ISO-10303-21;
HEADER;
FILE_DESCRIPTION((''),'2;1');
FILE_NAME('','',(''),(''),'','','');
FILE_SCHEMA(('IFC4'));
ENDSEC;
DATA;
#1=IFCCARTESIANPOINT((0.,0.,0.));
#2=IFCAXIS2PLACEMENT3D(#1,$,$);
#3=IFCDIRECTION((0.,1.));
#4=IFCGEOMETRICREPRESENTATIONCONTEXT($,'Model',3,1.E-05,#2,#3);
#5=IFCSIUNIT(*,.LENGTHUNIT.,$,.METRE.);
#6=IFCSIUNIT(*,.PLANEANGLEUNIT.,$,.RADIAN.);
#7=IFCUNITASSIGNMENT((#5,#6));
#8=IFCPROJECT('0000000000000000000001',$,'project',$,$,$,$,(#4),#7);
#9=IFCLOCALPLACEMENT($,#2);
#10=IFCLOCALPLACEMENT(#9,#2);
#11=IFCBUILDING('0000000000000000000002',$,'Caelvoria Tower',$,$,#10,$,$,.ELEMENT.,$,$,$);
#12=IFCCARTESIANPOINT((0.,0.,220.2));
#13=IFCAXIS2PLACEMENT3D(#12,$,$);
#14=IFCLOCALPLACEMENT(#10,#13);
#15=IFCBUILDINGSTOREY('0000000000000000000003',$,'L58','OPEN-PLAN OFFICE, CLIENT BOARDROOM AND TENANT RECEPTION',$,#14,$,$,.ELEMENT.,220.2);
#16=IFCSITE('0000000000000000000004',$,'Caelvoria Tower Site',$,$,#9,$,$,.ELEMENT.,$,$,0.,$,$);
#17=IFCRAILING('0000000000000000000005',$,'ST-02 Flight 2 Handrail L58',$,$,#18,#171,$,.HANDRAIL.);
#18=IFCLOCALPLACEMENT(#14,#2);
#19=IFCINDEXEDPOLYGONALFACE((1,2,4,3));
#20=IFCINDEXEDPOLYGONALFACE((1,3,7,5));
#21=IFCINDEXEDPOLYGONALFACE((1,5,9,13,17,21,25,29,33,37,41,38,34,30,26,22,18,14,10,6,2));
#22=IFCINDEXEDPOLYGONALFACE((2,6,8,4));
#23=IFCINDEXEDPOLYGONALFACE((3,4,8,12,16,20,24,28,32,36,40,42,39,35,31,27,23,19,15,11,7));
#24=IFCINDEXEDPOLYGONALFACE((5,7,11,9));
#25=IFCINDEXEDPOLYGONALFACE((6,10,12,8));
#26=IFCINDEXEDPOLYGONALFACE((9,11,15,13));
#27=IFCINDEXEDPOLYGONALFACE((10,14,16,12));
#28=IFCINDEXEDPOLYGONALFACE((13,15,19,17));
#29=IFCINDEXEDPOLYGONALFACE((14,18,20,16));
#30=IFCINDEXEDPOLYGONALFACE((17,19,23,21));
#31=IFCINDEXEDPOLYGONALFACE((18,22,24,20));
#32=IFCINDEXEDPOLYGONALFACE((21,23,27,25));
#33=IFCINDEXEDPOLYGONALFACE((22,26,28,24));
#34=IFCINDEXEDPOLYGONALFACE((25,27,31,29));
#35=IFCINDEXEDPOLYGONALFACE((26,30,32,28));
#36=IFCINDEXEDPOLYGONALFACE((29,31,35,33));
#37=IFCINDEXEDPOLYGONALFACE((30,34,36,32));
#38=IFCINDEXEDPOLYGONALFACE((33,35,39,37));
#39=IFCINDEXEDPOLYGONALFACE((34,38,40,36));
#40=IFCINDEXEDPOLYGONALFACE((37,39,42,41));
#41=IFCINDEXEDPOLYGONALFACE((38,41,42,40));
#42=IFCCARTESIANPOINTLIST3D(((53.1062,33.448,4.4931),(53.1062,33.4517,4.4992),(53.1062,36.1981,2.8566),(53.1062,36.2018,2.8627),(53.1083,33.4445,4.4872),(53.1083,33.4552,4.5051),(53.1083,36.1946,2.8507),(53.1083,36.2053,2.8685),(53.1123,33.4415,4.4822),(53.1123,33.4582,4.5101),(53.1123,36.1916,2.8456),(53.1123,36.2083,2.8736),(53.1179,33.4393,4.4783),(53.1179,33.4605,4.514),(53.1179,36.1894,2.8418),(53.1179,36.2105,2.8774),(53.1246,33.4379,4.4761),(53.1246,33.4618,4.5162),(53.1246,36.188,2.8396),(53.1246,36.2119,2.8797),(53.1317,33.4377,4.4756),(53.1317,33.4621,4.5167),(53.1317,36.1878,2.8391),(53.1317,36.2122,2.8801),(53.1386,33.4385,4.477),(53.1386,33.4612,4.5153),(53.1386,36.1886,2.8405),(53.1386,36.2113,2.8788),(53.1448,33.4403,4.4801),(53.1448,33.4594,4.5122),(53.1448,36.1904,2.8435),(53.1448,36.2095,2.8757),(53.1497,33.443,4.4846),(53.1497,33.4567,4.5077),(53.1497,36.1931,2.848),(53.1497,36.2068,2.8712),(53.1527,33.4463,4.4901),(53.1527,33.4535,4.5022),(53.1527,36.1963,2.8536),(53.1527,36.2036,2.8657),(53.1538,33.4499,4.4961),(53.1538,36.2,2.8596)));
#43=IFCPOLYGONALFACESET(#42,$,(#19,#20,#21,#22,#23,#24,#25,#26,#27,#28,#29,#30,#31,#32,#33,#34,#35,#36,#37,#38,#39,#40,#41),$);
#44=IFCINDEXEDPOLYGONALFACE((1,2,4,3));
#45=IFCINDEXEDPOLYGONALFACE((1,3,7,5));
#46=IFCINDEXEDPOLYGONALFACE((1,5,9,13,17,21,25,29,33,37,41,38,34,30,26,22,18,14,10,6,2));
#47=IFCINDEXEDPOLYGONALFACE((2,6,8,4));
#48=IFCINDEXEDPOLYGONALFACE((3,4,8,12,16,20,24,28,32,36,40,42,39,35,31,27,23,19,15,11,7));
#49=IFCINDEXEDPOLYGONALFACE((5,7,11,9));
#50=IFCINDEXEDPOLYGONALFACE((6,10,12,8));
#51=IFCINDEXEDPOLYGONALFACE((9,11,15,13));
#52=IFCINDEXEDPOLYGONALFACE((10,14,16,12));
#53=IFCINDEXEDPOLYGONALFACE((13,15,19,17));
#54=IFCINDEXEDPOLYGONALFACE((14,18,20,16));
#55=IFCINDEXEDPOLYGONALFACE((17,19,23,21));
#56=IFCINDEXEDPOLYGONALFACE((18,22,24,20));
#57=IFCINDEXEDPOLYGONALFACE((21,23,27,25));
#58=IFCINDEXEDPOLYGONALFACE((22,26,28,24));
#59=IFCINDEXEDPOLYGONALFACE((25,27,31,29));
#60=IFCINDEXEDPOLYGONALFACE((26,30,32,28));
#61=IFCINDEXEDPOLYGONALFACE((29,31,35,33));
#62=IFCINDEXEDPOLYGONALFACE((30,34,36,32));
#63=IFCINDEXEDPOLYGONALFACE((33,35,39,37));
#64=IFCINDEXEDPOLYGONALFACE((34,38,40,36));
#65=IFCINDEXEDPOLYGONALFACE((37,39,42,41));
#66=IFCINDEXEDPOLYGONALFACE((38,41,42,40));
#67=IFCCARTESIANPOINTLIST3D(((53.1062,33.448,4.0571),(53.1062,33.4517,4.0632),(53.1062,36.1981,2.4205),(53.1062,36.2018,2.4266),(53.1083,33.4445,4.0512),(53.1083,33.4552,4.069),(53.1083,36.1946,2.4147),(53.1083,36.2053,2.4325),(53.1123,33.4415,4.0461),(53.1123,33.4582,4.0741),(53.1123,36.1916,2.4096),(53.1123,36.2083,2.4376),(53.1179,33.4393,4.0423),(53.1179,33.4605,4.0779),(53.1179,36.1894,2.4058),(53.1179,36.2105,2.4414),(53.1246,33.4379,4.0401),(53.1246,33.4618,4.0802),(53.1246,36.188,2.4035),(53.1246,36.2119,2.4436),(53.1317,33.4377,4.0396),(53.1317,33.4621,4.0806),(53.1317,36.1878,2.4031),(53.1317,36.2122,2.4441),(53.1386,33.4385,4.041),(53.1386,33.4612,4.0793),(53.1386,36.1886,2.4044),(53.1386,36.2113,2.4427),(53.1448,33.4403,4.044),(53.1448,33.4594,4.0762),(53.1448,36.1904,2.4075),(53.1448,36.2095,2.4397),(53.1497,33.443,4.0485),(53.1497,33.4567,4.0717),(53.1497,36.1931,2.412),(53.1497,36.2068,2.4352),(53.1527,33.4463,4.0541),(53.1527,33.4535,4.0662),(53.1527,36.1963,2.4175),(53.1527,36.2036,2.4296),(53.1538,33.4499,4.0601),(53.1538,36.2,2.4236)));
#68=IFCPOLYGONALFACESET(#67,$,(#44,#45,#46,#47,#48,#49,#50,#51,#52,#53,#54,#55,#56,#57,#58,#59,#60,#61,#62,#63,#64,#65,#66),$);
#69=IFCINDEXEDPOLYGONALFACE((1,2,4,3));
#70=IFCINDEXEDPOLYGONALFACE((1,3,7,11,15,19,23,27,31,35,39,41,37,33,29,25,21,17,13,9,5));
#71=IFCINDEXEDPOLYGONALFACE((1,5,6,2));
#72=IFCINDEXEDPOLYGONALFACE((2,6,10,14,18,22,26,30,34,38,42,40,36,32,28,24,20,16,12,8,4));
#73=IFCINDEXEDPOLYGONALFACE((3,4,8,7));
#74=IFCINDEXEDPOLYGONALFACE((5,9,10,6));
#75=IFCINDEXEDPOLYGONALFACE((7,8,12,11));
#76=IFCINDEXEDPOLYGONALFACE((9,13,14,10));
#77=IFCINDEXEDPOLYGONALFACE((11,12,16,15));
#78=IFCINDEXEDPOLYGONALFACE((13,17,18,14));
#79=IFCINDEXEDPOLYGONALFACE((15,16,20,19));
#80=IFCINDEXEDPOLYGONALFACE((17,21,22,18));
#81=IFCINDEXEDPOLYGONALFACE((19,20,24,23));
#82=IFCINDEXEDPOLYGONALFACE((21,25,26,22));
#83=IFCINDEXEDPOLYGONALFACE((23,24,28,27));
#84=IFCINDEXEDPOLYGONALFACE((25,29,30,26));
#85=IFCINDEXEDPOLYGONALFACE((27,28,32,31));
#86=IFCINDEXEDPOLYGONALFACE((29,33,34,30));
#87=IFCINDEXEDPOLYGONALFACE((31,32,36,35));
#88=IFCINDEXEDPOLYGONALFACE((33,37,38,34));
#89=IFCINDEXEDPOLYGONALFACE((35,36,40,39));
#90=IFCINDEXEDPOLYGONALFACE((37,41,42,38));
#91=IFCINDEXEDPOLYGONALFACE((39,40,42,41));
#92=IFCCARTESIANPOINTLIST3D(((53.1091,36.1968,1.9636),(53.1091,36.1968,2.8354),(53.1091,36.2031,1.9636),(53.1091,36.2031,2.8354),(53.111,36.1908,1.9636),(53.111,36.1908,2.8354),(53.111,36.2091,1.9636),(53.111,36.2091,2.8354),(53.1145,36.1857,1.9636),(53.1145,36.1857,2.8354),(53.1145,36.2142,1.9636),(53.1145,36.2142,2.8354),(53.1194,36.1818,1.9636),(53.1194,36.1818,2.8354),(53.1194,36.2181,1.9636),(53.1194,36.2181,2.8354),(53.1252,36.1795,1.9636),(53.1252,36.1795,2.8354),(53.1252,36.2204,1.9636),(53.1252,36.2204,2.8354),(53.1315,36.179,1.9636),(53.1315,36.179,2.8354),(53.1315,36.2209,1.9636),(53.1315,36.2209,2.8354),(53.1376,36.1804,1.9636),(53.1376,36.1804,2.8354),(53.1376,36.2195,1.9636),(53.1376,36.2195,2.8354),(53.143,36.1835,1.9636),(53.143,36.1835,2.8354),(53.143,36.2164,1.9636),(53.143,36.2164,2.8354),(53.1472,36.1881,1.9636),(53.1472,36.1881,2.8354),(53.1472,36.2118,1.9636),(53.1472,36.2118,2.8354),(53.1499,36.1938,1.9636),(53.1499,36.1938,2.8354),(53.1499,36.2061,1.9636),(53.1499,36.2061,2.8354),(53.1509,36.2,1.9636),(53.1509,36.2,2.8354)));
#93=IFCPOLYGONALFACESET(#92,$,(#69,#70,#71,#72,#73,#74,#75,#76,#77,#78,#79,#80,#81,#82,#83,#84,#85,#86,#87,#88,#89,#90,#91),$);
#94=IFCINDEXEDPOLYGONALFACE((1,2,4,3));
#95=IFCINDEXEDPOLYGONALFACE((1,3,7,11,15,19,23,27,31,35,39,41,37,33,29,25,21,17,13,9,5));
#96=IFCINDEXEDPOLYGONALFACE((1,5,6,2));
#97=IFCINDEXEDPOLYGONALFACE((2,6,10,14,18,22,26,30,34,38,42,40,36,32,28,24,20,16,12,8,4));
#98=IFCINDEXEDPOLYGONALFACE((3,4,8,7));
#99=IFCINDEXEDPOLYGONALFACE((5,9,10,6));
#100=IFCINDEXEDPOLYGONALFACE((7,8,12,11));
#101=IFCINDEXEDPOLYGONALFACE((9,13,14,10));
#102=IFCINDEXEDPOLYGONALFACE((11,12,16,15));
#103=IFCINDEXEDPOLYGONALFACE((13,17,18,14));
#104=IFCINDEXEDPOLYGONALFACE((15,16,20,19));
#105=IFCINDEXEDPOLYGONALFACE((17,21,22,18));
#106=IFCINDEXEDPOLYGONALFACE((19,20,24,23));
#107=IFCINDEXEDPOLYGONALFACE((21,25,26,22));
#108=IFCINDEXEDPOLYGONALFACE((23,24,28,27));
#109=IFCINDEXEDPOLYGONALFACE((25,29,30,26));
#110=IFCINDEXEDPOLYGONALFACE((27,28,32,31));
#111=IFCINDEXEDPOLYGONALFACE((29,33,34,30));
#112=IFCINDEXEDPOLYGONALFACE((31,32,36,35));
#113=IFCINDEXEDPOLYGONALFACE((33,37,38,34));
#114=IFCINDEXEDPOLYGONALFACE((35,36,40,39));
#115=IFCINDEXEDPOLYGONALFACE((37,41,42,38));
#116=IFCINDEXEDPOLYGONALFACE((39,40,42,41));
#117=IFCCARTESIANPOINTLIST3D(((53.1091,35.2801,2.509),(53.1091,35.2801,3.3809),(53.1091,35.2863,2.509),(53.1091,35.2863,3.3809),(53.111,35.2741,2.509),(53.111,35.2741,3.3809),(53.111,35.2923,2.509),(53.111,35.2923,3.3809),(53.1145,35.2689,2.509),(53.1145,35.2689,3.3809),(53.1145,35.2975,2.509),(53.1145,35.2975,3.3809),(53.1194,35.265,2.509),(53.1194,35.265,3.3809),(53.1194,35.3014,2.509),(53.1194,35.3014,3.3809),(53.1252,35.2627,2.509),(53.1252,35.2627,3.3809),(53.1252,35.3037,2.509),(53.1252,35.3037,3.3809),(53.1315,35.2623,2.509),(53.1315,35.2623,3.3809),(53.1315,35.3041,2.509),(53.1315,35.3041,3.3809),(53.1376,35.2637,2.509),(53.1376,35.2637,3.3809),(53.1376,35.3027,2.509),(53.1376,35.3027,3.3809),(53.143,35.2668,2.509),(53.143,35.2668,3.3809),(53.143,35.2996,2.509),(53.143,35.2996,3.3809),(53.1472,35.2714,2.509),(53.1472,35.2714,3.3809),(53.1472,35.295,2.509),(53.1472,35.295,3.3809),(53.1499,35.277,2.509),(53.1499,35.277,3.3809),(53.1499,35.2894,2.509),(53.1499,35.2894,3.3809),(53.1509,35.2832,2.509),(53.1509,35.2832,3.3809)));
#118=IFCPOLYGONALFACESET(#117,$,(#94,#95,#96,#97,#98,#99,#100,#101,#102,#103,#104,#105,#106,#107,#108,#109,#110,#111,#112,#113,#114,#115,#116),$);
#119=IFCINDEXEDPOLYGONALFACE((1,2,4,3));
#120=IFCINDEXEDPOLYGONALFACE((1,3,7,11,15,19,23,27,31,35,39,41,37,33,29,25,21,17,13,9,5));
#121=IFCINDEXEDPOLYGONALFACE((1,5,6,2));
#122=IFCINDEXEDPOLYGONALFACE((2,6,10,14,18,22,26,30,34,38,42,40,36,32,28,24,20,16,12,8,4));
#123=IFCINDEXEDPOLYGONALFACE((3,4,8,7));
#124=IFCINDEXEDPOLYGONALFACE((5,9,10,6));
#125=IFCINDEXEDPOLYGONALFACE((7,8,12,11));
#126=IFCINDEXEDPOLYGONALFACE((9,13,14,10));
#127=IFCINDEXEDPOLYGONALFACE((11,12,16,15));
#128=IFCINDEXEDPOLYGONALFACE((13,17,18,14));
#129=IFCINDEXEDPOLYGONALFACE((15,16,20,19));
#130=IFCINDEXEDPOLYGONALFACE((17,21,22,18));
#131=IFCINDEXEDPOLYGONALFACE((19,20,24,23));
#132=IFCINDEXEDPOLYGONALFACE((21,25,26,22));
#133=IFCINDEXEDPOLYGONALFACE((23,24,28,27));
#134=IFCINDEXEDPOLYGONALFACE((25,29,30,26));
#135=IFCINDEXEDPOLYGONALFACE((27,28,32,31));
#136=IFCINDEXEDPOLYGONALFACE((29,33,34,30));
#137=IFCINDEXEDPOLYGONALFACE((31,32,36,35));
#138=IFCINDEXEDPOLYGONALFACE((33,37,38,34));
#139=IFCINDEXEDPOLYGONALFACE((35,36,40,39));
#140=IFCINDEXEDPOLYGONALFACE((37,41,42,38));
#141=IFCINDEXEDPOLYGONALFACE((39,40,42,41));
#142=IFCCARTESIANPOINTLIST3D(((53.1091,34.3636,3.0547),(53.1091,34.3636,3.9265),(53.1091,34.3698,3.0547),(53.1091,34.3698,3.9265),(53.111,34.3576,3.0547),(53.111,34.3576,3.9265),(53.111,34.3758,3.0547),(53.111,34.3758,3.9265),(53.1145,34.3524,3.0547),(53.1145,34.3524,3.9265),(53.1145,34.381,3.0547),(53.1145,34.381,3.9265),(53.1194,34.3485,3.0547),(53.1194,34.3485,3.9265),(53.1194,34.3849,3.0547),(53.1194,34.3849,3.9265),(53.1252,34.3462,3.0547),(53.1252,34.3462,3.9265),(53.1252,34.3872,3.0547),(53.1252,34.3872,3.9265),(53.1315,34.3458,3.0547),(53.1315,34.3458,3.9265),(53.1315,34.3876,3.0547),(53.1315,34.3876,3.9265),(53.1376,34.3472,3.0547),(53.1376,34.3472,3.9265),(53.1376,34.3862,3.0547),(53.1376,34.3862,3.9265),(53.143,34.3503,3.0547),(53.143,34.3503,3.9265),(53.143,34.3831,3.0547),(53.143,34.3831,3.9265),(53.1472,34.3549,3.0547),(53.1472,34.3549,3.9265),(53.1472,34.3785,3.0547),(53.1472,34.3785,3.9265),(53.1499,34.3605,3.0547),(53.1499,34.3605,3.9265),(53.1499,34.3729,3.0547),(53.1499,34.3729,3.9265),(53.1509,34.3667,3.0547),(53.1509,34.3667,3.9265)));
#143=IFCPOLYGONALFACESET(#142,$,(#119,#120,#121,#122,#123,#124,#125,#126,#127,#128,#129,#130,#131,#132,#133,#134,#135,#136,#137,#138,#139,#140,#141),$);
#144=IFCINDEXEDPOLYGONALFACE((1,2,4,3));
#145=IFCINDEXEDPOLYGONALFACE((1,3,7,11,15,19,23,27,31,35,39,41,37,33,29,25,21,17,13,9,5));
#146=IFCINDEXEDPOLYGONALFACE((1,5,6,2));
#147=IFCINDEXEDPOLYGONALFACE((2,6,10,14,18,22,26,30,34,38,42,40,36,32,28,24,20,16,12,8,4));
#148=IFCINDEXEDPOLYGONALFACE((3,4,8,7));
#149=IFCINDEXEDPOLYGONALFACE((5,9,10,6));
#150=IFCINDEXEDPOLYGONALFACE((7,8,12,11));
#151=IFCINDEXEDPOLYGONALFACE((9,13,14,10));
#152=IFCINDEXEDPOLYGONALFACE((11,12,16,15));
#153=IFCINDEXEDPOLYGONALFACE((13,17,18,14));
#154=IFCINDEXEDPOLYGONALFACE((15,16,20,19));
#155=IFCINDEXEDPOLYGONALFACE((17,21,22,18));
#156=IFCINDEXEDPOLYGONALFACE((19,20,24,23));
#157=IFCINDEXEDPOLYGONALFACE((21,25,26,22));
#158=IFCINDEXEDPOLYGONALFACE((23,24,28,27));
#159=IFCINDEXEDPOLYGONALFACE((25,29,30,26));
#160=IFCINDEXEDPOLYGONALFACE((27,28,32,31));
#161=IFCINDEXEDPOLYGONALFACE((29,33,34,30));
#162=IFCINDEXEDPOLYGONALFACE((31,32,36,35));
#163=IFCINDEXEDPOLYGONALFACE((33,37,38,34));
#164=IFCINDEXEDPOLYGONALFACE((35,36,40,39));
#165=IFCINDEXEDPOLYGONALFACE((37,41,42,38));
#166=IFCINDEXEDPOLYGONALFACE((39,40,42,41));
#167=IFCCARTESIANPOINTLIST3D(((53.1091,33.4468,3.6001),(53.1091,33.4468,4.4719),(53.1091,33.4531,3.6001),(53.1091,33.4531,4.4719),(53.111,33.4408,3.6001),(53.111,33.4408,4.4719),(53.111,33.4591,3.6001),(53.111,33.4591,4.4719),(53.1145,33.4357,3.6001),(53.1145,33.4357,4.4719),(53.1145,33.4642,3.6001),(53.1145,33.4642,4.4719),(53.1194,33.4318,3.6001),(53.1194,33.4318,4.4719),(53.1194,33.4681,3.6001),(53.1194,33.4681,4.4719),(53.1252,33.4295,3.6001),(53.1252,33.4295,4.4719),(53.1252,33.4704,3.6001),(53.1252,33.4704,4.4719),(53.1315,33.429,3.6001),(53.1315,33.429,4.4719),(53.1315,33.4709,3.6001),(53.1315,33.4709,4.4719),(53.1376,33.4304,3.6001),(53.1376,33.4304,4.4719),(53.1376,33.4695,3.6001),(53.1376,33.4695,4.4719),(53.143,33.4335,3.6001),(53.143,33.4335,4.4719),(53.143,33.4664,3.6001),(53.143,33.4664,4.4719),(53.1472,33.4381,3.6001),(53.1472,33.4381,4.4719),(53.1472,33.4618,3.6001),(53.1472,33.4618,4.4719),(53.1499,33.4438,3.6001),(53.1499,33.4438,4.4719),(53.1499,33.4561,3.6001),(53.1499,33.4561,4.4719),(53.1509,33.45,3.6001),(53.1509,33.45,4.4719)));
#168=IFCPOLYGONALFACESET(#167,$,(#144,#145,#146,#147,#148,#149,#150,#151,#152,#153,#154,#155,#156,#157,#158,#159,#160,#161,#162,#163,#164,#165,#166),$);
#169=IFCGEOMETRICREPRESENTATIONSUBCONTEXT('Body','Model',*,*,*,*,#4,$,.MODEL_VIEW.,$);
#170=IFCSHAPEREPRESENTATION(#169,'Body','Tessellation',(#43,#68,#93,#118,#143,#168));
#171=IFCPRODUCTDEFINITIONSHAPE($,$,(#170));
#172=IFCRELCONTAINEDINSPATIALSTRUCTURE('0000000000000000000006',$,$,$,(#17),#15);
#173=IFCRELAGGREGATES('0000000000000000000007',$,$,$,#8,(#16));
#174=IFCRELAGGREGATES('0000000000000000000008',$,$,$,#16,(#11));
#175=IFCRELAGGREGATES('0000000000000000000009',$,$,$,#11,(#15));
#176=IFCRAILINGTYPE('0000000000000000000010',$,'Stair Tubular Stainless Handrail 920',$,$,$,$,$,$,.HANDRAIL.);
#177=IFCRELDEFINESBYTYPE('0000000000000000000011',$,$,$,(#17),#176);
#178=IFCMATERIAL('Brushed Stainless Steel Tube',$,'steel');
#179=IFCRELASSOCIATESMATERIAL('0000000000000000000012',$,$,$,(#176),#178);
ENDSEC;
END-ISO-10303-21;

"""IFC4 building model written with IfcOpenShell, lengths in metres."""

from ifc_helpers import new_model, si_unit, direction, frame, origin, origin_2d, place, context, subcontext, project, spatial, circle, extrude, material, type_object, element, save


model = new_model("IFC4")

# Units and contexts
model_context = context("Model", 3, precision=1e-05, world=origin(), true_north=direction((0.0, 1.0)))
body_context = subcontext(model_context, "Body", "Model", "MODEL_VIEW")
ifc_project = project(units=[si_unit("LENGTHUNIT", "METRE"), si_unit("PLANEANGLEUNIT", "RADIAN")], contexts=[model_context])

# Site, building, storey
site_placement = place(None, origin())
site = spatial("IfcSite", under=ifc_project, at=site_placement, Name="Caelvoria Tower Site", CompositionType="ELEMENT", RefElevation=0.0)
building_placement = place(site_placement, origin())
building = spatial("IfcBuilding", under=site, at=building_placement, Name="Caelvoria Tower", CompositionType="ELEMENT")
storey_placement = place(building_placement, frame((0.0, 0.0, 220.2)))
storey = spatial("IfcBuildingStorey", under=building, at=storey_placement, Name="L58", Description="OPEN-PLAN OFFICE, CLIENT BOARDROOM AND TENANT RECEPTION", CompositionType="ELEMENT", Elevation=220.2)

# Railing
ifc_material_1 = material(Name="Brushed Stainless Steel Tube", Category="steel")
railing_type_1 = type_object("IfcRailingType", Name="Stair Tubular Stainless Handrail 920", PredefinedType="HANDRAIL", material=ifc_material_1)
railing_1_placement = place(storey_placement, frame((53.1299, 36.2, 1.9636)))
element("IfcRailing", 1, at=railing_1_placement, inside=storey, type_object=railing_type_1, Name="ST-02 Flight 2 Handrail L58", PredefinedType="HANDRAIL", context=body_context, shape_type="SweptSolid", body=[
    extrude(circle(Radius=0.0239, at=origin_2d()), frame((0.0, 0.0, 0.896), z_axis=(0.0, -0.859352, 0.511385), x_axis=(1.0, 0.0, 0.0)), (0.0, 0.0, 1.0), 3.2002),
    extrude(circle(Radius=0.0239, at=origin_2d()), frame((0.0, 0.0, 0.46), z_axis=(0.0, -0.859352, 0.511385), x_axis=(1.0, 0.0, 0.0)), (0.0, 0.0, 1.0), 3.2002),
    extrude(circle(Radius=0.021, at=origin_2d()), origin(), (0.0, 0.0, 1.0), 0.8718),
    extrude(circle(Radius=0.021, at=origin_2d()), frame((0.0, -0.9167, 0.5454)), (0.0, 0.0, 1.0), 0.8718),
    extrude(circle(Radius=0.021, at=origin_2d()), frame((0.0, -1.8333, 1.0911)), (0.0, 0.0, 1.0), 0.8718),
    extrude(circle(Radius=0.021, at=origin_2d()), frame((0.0, -2.75, 1.6365)), (0.0, 0.0, 1.0), 0.8718),
])

save(model, "model.ifc")
